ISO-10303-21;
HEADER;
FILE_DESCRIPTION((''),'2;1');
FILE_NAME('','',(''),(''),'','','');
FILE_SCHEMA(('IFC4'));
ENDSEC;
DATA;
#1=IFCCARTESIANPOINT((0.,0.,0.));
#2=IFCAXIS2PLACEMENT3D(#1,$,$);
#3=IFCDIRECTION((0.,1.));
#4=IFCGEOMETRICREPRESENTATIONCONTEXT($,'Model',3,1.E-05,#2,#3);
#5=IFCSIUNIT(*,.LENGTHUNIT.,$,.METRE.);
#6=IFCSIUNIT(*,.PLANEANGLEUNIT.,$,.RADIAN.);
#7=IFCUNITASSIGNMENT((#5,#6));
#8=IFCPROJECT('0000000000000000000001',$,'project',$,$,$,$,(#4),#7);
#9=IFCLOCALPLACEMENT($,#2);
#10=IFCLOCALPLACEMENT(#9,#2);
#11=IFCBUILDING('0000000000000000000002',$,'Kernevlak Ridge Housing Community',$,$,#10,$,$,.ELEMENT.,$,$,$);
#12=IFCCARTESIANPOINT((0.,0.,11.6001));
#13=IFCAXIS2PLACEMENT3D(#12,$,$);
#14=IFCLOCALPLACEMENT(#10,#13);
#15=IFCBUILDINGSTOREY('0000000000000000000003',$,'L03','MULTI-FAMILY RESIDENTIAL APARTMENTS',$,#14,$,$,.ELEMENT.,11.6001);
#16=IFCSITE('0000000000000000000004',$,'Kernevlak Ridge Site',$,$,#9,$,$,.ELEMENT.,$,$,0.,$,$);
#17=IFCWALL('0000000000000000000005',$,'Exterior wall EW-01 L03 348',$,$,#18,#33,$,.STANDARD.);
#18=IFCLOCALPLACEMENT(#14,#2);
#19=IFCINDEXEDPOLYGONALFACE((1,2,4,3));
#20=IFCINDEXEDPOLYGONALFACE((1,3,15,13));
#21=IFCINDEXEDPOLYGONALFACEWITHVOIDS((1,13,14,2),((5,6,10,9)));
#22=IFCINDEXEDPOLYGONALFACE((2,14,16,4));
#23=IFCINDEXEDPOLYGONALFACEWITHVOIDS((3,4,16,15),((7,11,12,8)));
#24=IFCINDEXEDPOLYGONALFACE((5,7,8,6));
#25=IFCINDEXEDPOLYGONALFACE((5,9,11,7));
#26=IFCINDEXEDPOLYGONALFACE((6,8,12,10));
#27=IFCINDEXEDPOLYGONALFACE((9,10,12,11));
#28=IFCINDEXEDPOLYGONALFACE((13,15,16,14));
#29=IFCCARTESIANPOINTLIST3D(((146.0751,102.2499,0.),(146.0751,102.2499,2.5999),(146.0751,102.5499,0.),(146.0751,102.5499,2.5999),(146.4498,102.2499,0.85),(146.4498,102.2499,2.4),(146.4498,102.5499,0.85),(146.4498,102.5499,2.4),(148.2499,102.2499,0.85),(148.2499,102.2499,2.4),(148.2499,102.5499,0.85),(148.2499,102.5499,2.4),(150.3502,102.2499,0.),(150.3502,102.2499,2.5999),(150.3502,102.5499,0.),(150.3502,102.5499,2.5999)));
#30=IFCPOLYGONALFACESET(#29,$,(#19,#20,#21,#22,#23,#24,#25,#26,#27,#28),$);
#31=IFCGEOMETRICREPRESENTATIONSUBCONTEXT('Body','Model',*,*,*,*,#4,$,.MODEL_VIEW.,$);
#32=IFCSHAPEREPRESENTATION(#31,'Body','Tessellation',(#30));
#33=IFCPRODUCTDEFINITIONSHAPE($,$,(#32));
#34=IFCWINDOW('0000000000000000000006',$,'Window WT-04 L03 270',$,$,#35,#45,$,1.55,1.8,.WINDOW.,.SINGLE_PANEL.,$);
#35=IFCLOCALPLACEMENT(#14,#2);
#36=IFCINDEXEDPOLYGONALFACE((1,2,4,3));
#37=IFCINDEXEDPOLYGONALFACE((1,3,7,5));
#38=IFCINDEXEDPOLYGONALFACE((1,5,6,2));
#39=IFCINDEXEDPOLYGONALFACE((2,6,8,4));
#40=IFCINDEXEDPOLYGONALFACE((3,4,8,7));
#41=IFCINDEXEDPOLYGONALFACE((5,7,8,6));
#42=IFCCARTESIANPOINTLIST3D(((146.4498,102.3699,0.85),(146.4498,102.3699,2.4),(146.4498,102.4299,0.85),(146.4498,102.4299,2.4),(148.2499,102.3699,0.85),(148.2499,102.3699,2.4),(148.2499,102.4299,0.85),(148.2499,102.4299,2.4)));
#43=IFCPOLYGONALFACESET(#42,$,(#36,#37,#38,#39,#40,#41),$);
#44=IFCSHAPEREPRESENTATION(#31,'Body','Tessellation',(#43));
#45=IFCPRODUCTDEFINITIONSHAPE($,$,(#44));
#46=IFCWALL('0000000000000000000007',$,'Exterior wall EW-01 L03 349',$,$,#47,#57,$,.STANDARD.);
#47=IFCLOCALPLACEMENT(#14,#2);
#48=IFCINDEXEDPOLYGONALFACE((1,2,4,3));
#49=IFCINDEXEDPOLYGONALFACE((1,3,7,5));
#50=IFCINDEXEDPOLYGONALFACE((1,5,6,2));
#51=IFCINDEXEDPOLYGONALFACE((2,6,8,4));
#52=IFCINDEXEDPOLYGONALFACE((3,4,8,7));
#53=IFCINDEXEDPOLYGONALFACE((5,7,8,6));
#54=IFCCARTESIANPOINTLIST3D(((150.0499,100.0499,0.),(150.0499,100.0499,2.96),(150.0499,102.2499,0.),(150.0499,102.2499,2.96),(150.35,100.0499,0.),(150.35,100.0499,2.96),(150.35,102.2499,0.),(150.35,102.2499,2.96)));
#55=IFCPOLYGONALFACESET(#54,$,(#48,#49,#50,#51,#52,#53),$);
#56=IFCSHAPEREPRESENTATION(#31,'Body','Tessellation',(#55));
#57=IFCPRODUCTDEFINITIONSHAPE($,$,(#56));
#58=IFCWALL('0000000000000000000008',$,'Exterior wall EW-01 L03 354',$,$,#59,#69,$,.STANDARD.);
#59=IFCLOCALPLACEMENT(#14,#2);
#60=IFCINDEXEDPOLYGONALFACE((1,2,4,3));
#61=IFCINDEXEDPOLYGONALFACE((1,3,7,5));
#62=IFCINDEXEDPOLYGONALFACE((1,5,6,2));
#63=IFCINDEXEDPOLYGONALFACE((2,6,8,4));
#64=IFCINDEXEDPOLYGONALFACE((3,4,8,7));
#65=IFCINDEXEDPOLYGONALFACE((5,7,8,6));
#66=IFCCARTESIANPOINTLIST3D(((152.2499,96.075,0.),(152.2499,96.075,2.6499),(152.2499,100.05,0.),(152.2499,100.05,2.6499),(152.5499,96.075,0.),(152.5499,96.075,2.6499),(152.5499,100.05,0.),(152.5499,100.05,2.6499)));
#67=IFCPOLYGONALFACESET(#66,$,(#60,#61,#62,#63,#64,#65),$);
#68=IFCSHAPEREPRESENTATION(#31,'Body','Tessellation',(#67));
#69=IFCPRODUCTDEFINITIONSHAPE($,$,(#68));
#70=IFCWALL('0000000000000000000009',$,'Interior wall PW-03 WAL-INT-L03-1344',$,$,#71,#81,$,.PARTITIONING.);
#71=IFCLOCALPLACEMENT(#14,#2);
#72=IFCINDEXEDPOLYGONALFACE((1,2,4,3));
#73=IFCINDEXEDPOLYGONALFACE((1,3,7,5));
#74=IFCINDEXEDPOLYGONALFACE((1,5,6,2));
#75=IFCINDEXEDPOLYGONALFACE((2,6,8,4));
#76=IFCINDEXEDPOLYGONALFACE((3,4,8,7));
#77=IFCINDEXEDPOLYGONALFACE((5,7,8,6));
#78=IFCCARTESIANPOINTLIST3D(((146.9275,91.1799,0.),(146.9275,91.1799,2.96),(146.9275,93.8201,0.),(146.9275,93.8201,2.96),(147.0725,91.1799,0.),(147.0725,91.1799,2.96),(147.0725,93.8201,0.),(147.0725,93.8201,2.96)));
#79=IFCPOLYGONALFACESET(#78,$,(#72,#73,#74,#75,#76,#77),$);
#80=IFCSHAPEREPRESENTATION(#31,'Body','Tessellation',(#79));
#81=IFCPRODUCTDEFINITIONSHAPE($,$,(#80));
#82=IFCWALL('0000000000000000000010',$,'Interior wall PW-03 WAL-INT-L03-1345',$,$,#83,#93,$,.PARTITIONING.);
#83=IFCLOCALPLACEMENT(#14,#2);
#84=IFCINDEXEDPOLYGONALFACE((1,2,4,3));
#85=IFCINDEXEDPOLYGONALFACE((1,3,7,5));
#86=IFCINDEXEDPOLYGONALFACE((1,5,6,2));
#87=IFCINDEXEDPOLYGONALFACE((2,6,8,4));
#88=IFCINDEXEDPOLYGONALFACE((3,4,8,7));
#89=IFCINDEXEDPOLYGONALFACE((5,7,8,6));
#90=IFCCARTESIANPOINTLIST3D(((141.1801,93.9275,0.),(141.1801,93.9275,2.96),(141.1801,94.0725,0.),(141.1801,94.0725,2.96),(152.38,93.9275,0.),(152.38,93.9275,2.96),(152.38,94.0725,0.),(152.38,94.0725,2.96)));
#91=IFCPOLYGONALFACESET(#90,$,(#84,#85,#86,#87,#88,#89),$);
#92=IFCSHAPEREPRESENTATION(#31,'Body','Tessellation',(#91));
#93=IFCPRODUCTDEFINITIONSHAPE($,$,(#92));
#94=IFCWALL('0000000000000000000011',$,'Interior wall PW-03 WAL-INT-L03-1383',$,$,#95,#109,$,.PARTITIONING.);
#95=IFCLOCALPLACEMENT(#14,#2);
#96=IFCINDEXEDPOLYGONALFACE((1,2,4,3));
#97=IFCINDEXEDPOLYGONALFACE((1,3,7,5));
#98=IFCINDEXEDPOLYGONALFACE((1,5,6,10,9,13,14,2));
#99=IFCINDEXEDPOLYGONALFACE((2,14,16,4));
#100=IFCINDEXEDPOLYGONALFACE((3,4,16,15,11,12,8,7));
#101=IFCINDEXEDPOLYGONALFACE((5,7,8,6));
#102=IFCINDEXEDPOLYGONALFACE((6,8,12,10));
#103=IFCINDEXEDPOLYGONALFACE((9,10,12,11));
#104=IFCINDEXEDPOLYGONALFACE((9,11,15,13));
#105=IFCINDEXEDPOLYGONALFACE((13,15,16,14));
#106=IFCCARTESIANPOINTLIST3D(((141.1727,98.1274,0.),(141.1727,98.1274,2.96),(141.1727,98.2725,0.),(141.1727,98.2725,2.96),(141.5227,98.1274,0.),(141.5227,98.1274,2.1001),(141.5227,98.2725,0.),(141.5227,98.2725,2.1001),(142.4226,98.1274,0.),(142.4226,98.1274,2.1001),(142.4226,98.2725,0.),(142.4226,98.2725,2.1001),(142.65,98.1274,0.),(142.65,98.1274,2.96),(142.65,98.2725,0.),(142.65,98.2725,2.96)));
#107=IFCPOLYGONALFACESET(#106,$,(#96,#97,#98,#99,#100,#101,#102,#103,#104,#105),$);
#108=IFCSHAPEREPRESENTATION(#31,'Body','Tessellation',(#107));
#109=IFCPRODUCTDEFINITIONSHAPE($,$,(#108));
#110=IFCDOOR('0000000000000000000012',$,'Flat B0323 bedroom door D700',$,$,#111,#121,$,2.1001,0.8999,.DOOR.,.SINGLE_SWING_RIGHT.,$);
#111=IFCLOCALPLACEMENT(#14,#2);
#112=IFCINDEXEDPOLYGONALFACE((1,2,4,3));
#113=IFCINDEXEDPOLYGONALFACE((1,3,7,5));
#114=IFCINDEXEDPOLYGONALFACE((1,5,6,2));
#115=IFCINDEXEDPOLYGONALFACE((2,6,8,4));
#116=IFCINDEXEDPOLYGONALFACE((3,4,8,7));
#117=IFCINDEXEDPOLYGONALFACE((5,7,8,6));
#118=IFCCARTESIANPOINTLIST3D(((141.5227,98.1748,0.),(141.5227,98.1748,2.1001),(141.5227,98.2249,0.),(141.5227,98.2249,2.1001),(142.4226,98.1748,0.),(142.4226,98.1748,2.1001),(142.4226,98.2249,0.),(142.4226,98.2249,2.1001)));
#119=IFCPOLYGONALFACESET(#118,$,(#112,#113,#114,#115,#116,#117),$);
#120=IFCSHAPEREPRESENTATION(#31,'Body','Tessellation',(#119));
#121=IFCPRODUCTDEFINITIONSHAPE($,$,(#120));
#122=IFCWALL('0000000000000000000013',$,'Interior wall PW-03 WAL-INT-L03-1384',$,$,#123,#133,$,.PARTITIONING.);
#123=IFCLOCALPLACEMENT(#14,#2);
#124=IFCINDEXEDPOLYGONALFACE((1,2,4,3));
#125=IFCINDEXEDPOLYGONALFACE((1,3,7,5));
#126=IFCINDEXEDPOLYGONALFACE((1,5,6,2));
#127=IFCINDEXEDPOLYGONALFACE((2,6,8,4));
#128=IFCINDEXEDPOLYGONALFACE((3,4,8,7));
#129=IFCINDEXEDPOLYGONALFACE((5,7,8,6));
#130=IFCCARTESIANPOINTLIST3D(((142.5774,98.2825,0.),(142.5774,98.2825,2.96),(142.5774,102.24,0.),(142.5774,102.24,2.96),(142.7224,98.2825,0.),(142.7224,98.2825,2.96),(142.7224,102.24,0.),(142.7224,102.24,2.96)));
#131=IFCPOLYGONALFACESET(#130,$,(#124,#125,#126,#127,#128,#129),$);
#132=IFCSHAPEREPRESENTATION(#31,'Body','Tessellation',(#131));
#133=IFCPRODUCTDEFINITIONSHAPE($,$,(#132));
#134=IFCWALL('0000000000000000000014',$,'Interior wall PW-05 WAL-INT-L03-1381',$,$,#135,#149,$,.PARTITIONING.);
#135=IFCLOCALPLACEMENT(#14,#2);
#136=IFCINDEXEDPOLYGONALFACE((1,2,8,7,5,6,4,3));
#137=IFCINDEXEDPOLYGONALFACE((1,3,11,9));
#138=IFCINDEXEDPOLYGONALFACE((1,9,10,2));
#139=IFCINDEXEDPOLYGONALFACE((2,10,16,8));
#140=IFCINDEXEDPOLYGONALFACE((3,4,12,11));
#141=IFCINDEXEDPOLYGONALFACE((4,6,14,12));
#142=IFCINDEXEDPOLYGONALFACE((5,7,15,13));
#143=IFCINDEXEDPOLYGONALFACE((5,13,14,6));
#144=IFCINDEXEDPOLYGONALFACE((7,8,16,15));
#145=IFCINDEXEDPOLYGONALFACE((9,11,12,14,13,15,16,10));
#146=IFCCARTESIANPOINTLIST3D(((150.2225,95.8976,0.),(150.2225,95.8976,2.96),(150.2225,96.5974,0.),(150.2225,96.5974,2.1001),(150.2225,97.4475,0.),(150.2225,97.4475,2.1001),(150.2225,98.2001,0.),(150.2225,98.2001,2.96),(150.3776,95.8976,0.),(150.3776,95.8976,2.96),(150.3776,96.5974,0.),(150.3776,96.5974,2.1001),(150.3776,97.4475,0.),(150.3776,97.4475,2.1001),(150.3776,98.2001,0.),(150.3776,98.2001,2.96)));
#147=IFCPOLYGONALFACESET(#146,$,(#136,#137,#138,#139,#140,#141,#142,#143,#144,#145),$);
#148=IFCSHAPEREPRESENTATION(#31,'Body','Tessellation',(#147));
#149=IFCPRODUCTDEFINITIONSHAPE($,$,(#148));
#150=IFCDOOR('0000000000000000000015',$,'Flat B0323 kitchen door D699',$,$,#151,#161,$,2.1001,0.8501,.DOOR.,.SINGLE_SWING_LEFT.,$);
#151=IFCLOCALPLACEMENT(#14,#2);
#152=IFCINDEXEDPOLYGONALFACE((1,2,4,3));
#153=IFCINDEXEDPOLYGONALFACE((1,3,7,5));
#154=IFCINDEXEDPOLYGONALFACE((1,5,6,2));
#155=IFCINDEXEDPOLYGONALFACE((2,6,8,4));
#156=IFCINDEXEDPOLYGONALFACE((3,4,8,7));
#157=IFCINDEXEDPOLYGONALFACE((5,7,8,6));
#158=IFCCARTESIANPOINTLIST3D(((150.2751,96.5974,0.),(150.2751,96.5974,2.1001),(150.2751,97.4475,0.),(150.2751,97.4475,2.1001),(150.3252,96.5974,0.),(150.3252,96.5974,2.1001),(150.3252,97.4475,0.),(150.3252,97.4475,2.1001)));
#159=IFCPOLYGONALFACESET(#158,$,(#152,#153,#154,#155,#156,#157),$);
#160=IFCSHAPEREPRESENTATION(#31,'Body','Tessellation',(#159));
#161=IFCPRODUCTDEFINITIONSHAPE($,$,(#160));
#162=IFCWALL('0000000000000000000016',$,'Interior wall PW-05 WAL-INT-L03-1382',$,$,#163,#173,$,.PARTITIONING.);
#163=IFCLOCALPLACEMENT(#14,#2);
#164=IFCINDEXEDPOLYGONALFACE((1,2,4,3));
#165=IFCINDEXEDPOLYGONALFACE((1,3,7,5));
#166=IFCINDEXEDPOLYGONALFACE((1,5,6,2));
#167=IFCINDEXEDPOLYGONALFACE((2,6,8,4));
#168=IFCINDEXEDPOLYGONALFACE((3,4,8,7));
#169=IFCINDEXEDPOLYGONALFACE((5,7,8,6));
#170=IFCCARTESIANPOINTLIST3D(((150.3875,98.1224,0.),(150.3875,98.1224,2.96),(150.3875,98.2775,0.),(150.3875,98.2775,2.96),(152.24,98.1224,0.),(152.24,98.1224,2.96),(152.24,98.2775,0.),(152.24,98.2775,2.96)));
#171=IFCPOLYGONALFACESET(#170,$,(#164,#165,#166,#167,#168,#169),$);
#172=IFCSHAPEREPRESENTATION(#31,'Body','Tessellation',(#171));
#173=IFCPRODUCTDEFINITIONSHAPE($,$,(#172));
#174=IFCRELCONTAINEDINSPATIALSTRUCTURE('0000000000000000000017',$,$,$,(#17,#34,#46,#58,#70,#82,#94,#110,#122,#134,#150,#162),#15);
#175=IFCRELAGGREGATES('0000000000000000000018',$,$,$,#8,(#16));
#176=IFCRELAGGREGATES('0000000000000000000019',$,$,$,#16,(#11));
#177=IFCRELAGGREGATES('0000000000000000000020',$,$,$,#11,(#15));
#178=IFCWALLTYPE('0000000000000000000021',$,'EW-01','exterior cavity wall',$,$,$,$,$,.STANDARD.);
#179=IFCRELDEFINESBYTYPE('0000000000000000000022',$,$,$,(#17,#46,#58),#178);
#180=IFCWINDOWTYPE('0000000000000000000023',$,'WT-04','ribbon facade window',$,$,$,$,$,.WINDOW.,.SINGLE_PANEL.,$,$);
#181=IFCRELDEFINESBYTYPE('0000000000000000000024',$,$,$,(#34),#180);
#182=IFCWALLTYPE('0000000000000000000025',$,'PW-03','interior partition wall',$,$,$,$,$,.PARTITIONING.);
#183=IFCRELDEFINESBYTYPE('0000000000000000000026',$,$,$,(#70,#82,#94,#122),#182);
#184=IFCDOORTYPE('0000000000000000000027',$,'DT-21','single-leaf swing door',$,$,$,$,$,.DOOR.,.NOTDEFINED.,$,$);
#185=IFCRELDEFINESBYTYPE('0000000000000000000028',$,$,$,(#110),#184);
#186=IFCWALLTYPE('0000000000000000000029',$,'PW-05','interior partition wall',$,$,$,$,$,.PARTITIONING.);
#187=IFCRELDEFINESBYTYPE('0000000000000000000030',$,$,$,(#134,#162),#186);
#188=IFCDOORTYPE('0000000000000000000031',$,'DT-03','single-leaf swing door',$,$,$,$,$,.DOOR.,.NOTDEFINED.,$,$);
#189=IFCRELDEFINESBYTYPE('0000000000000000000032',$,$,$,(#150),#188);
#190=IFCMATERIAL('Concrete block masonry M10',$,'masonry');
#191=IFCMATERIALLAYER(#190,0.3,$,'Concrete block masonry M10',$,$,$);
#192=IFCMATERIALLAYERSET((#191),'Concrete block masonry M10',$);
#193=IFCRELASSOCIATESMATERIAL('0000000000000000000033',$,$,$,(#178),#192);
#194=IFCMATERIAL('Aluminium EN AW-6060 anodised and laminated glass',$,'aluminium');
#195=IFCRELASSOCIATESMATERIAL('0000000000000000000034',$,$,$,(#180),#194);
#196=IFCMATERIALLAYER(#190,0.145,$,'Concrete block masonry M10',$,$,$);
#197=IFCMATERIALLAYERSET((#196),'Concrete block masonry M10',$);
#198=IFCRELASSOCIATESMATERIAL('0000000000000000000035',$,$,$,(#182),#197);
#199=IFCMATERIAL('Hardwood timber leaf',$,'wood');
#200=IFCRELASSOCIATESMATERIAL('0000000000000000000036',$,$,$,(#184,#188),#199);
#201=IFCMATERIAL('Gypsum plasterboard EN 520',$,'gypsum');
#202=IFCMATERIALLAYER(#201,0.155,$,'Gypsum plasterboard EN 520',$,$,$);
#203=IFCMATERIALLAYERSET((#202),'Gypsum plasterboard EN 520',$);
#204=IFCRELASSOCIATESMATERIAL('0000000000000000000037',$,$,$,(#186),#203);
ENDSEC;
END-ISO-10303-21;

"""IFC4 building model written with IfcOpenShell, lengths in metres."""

from ifc_helpers import new_model, si_unit, direction, frame, frame_2d, origin, place, context, subcontext, project, spatial, rectangle, extrude, material, layer, layer_set, type_object, element, fill, save


model = new_model("IFC4")

# Units and contexts
model_context = context("Model", 3, precision=1e-05, world=origin(), true_north=direction((0.0, 1.0)))
body_context = subcontext(model_context, "Body", "Model", "MODEL_VIEW")
ifc_project = project(units=[si_unit("LENGTHUNIT", "METRE"), si_unit("PLANEANGLEUNIT", "RADIAN")], contexts=[model_context])

# Site, building, storey
site_placement = place(None, origin())
site = spatial("IfcSite", under=ifc_project, at=site_placement, Name="Kernevlak Ridge Site", CompositionType="ELEMENT", RefElevation=0.0)
building_placement = place(site_placement, origin())
building = spatial("IfcBuilding", under=site, at=building_placement, Name="Kernevlak Ridge Housing Community", CompositionType="ELEMENT")
storey_placement = place(building_placement, frame((0.0, 0.0, 11.6001)))
storey = spatial("IfcBuildingStorey", under=building, at=storey_placement, Name="L03", Description="MULTI-FAMILY RESIDENTIAL APARTMENTS", CompositionType="ELEMENT", Elevation=11.6001)

# Shared definitions
ifc_material_1 = material(Name="Aluminium EN AW-6060 anodised and laminated glass", Category="aluminium")

# Wall, opening, window
ifc_material_2 = material(Name="Concrete block masonry M10", Category="masonry")
ifc_layer_1 = layer(ifc_material_2, 0.3, Name="Concrete block masonry M10")
ifc_layer_set_1 = layer_set([ifc_layer_1], Name="Concrete block masonry M10")
wall_type_1 = type_object("IfcWallType", Name="EW-01", Description="exterior cavity wall", PredefinedType="STANDARD", material=ifc_layer_set_1)
wall_1_placement = place(storey_placement, frame((146.075, 102.3999, 0.0), z_axis=(0.0, 0.0, 1.0), x_axis=(1.0, 0.0, 0.0)))
wall_1 = element("IfcWall", 1, at=wall_1_placement, inside=storey, type_object=wall_type_1, Name="Exterior wall EW-01 L03 348", PredefinedType="STANDARD", context=body_context, shape_type="SweptSolid", body=[
    extrude(rectangle(XDim=4.2751, YDim=0.3, at=frame_2d((2.1377, 0.0))), origin(), (0.0, 0.0, 1.0), 2.5999),
])
opening_1_placement = place(wall_1_placement, frame((0.375, 0.0, 0.8501)))
opening_1 = element("IfcOpeningElement", 2, at=opening_1_placement, cuts=wall_1, PredefinedType="OPENING", context=body_context, shape_type="SweptSolid", body=[
    extrude(rectangle(XDim=1.8, YDim=1.55, at=frame_2d((0.8999, 0.7749))), frame((0.0, 0.1599, 0.0), z_axis=(0.0, -1.0, 0.0), x_axis=(1.0, 0.0, 0.0)), (0.0, 0.0, 1.0), 0.3201),
])
window_type = type_object("IfcWindowType", Name="WT-04", Description="ribbon facade window", PartitioningType="SINGLE_PANEL", PredefinedType="WINDOW", material=ifc_material_1)
window_placement = place(opening_1_placement, origin())
window = element("IfcWindow", 3, at=window_placement, inside=storey, type_object=window_type, Name="Window WT-04 L03 270", OverallHeight=1.55, OverallWidth=1.8, PartitioningType="SINGLE_PANEL", PredefinedType="WINDOW", context=body_context, shape_type="SweptSolid", body=[
    extrude(rectangle(XDim=1.8, YDim=1.55, at=frame_2d((0.8999, 0.7749))), frame((0.0, 0.03, 0.0), z_axis=(0.0, -1.0, 0.0), x_axis=(1.0, 0.0, 0.0)), (0.0, 0.0, 1.0), 0.0601),
])
fill(opening_1, window)

# Wall
wall_2_placement = place(storey_placement, frame((150.2, 102.25, 0.0), z_axis=(0.0, 0.0, 1.0), x_axis=(0.0, -1.0, 0.0)))
element("IfcWall", 4, at=wall_2_placement, inside=storey, type_object=wall_type_1, Name="Exterior wall EW-01 L03 349", PredefinedType="STANDARD", context=body_context, shape_type="SweptSolid", body=[
    extrude(rectangle(XDim=2.2, YDim=0.3, at=frame_2d((1.1001, 0.0))), origin(), (0.0, 0.0, 1.0), 2.96),
])

# Walls
wall_3_placement = place(storey_placement, frame((152.3999, 96.075, 0.0), z_axis=(0.0, 0.0, 1.0), x_axis=(0.0, 1.0, 0.0)))
element("IfcWall", 5, at=wall_3_placement, inside=storey, type_object=wall_type_1, Name="Exterior wall EW-01 L03 354", PredefinedType="STANDARD", context=body_context, shape_type="SweptSolid", body=[
    extrude(rectangle(XDim=3.9751, YDim=0.3, at=frame_2d((1.9875, 0.0))), origin(), (0.0, 0.0, 1.0), 2.6499),
])
ifc_layer_2 = layer(ifc_material_2, 0.145, Name="Concrete block masonry M10")
ifc_layer_set_2 = layer_set([ifc_layer_2], Name="Concrete block masonry M10")
wall_type_2 = type_object("IfcWallType", Name="PW-03", Description="interior partition wall", PredefinedType="PARTITIONING", material=ifc_layer_set_2)
wall_4_placement = place(storey_placement, frame((147.0, 91.1799, 0.0), z_axis=(0.0, 0.0, 1.0), x_axis=(0.0, 1.0, 0.0)))
element("IfcWall", 6, at=wall_4_placement, inside=storey, type_object=wall_type_2, Name="Interior wall PW-03 WAL-INT-L03-1344", PredefinedType="PARTITIONING", context=body_context, shape_type="SweptSolid", body=[
    extrude(rectangle(XDim=2.6401, YDim=0.145, at=frame_2d((1.3201, 0.0))), origin(), (0.0, 0.0, 1.0), 2.96),
])
wall_5_placement = place(storey_placement, frame((141.1799, 94.0, 0.0), z_axis=(0.0, 0.0, 1.0), x_axis=(1.0, 0.0, 0.0)))
element("IfcWall", 7, at=wall_5_placement, inside=storey, type_object=wall_type_2, Name="Interior wall PW-03 WAL-INT-L03-1345", PredefinedType="PARTITIONING", context=body_context, shape_type="SweptSolid", body=[
    extrude(rectangle(XDim=11.2, YDim=0.145, at=frame_2d((5.6001, 0.0))), origin(), (0.0, 0.0, 1.0), 2.96),
])

# Wall, opening, door
wall_6_placement = place(storey_placement, frame((141.1726, 98.2, 0.0), z_axis=(0.0, 0.0, 1.0), x_axis=(1.0, 0.0, 0.0)))
wall_6 = element("IfcWall", 8, at=wall_6_placement, inside=storey, type_object=wall_type_2, Name="Interior wall PW-03 WAL-INT-L03-1383", PredefinedType="PARTITIONING", context=body_context, shape_type="SweptSolid", body=[
    extrude(rectangle(XDim=1.4773, YDim=0.145, at=frame_2d((0.7388, 0.0))), origin(), (0.0, 0.0, 1.0), 2.96),
])
opening_2_placement = place(wall_6_placement, frame((0.3501, 0.0, 0.0)))
opening_2 = element("IfcOpeningElement", 9, at=opening_2_placement, cuts=wall_6, PredefinedType="OPENING", context=body_context, shape_type="SweptSolid", body=[
    extrude(rectangle(XDim=0.8999, YDim=2.1001, at=frame_2d((0.45, 1.05))), frame((0.0, 0.0825, 0.0), z_axis=(0.0, -1.0, 0.0), x_axis=(1.0, 0.0, 0.0)), (0.0, 0.0, 1.0), 0.165),
])
ifc_material_3 = material(Name="Hardwood timber leaf", Category="wood")
door_type_1 = type_object("IfcDoorType", Name="DT-21", Description="single-leaf swing door", OperationType="NOTDEFINED", PredefinedType="DOOR", material=ifc_material_3)
door_1_placement = place(opening_2_placement, origin())
door_1 = element("IfcDoor", 10, at=door_1_placement, inside=storey, type_object=door_type_1, Name="Flat B0323 bedroom door D700", OperationType="SINGLE_SWING_RIGHT", OverallHeight=2.1001, OverallWidth=0.8999, PredefinedType="DOOR", context=body_context, shape_type="SweptSolid", body=[
    extrude(rectangle(XDim=0.8999, YDim=2.1001, at=frame_2d((0.45, 1.05))), frame((0.0, 0.0249, 0.0), z_axis=(0.0, -1.0, 0.0), x_axis=(1.0, 0.0, 0.0)), (0.0, 0.0, 1.0), 0.05),
])
fill(opening_2, door_1)

# Wall
wall_7_placement = place(storey_placement, frame((142.6499, 98.2825, 0.0), z_axis=(0.0, 0.0, 1.0), x_axis=(0.0, 1.0, 0.0)))
element("IfcWall", 11, at=wall_7_placement, inside=storey, type_object=wall_type_2, Name="Interior wall PW-03 WAL-INT-L03-1384", PredefinedType="PARTITIONING", context=body_context, shape_type="SweptSolid", body=[
    extrude(rectangle(XDim=3.9575, YDim=0.145, at=frame_2d((1.9788, 0.0))), origin(), (0.0, 0.0, 1.0), 2.96),
])

# Wall, opening, door
ifc_material_4 = material(Name="Gypsum plasterboard EN 520", Category="gypsum")
ifc_layer_3 = layer(ifc_material_4, 0.155, Name="Gypsum plasterboard EN 520")
ifc_layer_set_3 = layer_set([ifc_layer_3], Name="Gypsum plasterboard EN 520")
wall_type_3 = type_object("IfcWallType", Name="PW-05", Description="interior partition wall", PredefinedType="PARTITIONING", material=ifc_layer_set_3)
wall_8_placement = place(storey_placement, frame((150.3, 95.8975, 0.0), z_axis=(0.0, 0.0, 1.0), x_axis=(0.0, 1.0, 0.0)))
wall_8 = element("IfcWall", 12, at=wall_8_placement, inside=storey, type_object=wall_type_3, Name="Interior wall PW-05 WAL-INT-L03-1381", PredefinedType="PARTITIONING", context=body_context, shape_type="SweptSolid", body=[
    extrude(rectangle(XDim=2.3025, YDim=0.155, at=frame_2d((1.1514, 0.0))), origin(), (0.0, 0.0, 1.0), 2.96),
])
opening_3_placement = place(wall_8_placement, frame((0.7, 0.0, 0.0)))
opening_3 = element("IfcOpeningElement", 13, at=opening_3_placement, cuts=wall_8, PredefinedType="OPENING", context=body_context, shape_type="SweptSolid", body=[
    extrude(rectangle(XDim=0.8501, YDim=2.1001, at=frame_2d((0.425, 1.05))), frame((0.0, 0.0874, 0.0), z_axis=(0.0, -1.0, 0.0), x_axis=(1.0, 0.0, 0.0)), (0.0, 0.0, 1.0), 0.175),
])
door_type_2 = type_object("IfcDoorType", Name="DT-03", Description="single-leaf swing door", OperationType="NOTDEFINED", PredefinedType="DOOR", material=ifc_material_3)
door_2_placement = place(opening_3_placement, origin())
door_2 = element("IfcDoor", 14, at=door_2_placement, inside=storey, type_object=door_type_2, Name="Flat B0323 kitchen door D699", OperationType="SINGLE_SWING_LEFT", OverallHeight=2.1001, OverallWidth=0.8501, PredefinedType="DOOR", context=body_context, shape_type="SweptSolid", body=[
    extrude(rectangle(XDim=0.8501, YDim=2.1001, at=frame_2d((0.425, 1.05))), frame((0.0, 0.0249, 0.0), z_axis=(0.0, -1.0, 0.0), x_axis=(1.0, 0.0, 0.0)), (0.0, 0.0, 1.0), 0.05),
])
fill(opening_3, door_2)

# Wall
wall_9_placement = place(storey_placement, frame((150.3875, 98.2, 0.0), z_axis=(0.0, 0.0, 1.0), x_axis=(1.0, 0.0, 0.0)))
element("IfcWall", 15, at=wall_9_placement, inside=storey, type_object=wall_type_3, Name="Interior wall PW-05 WAL-INT-L03-1382", PredefinedType="PARTITIONING", context=body_context, shape_type="SweptSolid", body=[
    extrude(rectangle(XDim=1.8525, YDim=0.155, at=frame_2d((0.9263, 0.0))), origin(), (0.0, 0.0, 1.0), 2.96),
])

save(model, "model.ifc")
